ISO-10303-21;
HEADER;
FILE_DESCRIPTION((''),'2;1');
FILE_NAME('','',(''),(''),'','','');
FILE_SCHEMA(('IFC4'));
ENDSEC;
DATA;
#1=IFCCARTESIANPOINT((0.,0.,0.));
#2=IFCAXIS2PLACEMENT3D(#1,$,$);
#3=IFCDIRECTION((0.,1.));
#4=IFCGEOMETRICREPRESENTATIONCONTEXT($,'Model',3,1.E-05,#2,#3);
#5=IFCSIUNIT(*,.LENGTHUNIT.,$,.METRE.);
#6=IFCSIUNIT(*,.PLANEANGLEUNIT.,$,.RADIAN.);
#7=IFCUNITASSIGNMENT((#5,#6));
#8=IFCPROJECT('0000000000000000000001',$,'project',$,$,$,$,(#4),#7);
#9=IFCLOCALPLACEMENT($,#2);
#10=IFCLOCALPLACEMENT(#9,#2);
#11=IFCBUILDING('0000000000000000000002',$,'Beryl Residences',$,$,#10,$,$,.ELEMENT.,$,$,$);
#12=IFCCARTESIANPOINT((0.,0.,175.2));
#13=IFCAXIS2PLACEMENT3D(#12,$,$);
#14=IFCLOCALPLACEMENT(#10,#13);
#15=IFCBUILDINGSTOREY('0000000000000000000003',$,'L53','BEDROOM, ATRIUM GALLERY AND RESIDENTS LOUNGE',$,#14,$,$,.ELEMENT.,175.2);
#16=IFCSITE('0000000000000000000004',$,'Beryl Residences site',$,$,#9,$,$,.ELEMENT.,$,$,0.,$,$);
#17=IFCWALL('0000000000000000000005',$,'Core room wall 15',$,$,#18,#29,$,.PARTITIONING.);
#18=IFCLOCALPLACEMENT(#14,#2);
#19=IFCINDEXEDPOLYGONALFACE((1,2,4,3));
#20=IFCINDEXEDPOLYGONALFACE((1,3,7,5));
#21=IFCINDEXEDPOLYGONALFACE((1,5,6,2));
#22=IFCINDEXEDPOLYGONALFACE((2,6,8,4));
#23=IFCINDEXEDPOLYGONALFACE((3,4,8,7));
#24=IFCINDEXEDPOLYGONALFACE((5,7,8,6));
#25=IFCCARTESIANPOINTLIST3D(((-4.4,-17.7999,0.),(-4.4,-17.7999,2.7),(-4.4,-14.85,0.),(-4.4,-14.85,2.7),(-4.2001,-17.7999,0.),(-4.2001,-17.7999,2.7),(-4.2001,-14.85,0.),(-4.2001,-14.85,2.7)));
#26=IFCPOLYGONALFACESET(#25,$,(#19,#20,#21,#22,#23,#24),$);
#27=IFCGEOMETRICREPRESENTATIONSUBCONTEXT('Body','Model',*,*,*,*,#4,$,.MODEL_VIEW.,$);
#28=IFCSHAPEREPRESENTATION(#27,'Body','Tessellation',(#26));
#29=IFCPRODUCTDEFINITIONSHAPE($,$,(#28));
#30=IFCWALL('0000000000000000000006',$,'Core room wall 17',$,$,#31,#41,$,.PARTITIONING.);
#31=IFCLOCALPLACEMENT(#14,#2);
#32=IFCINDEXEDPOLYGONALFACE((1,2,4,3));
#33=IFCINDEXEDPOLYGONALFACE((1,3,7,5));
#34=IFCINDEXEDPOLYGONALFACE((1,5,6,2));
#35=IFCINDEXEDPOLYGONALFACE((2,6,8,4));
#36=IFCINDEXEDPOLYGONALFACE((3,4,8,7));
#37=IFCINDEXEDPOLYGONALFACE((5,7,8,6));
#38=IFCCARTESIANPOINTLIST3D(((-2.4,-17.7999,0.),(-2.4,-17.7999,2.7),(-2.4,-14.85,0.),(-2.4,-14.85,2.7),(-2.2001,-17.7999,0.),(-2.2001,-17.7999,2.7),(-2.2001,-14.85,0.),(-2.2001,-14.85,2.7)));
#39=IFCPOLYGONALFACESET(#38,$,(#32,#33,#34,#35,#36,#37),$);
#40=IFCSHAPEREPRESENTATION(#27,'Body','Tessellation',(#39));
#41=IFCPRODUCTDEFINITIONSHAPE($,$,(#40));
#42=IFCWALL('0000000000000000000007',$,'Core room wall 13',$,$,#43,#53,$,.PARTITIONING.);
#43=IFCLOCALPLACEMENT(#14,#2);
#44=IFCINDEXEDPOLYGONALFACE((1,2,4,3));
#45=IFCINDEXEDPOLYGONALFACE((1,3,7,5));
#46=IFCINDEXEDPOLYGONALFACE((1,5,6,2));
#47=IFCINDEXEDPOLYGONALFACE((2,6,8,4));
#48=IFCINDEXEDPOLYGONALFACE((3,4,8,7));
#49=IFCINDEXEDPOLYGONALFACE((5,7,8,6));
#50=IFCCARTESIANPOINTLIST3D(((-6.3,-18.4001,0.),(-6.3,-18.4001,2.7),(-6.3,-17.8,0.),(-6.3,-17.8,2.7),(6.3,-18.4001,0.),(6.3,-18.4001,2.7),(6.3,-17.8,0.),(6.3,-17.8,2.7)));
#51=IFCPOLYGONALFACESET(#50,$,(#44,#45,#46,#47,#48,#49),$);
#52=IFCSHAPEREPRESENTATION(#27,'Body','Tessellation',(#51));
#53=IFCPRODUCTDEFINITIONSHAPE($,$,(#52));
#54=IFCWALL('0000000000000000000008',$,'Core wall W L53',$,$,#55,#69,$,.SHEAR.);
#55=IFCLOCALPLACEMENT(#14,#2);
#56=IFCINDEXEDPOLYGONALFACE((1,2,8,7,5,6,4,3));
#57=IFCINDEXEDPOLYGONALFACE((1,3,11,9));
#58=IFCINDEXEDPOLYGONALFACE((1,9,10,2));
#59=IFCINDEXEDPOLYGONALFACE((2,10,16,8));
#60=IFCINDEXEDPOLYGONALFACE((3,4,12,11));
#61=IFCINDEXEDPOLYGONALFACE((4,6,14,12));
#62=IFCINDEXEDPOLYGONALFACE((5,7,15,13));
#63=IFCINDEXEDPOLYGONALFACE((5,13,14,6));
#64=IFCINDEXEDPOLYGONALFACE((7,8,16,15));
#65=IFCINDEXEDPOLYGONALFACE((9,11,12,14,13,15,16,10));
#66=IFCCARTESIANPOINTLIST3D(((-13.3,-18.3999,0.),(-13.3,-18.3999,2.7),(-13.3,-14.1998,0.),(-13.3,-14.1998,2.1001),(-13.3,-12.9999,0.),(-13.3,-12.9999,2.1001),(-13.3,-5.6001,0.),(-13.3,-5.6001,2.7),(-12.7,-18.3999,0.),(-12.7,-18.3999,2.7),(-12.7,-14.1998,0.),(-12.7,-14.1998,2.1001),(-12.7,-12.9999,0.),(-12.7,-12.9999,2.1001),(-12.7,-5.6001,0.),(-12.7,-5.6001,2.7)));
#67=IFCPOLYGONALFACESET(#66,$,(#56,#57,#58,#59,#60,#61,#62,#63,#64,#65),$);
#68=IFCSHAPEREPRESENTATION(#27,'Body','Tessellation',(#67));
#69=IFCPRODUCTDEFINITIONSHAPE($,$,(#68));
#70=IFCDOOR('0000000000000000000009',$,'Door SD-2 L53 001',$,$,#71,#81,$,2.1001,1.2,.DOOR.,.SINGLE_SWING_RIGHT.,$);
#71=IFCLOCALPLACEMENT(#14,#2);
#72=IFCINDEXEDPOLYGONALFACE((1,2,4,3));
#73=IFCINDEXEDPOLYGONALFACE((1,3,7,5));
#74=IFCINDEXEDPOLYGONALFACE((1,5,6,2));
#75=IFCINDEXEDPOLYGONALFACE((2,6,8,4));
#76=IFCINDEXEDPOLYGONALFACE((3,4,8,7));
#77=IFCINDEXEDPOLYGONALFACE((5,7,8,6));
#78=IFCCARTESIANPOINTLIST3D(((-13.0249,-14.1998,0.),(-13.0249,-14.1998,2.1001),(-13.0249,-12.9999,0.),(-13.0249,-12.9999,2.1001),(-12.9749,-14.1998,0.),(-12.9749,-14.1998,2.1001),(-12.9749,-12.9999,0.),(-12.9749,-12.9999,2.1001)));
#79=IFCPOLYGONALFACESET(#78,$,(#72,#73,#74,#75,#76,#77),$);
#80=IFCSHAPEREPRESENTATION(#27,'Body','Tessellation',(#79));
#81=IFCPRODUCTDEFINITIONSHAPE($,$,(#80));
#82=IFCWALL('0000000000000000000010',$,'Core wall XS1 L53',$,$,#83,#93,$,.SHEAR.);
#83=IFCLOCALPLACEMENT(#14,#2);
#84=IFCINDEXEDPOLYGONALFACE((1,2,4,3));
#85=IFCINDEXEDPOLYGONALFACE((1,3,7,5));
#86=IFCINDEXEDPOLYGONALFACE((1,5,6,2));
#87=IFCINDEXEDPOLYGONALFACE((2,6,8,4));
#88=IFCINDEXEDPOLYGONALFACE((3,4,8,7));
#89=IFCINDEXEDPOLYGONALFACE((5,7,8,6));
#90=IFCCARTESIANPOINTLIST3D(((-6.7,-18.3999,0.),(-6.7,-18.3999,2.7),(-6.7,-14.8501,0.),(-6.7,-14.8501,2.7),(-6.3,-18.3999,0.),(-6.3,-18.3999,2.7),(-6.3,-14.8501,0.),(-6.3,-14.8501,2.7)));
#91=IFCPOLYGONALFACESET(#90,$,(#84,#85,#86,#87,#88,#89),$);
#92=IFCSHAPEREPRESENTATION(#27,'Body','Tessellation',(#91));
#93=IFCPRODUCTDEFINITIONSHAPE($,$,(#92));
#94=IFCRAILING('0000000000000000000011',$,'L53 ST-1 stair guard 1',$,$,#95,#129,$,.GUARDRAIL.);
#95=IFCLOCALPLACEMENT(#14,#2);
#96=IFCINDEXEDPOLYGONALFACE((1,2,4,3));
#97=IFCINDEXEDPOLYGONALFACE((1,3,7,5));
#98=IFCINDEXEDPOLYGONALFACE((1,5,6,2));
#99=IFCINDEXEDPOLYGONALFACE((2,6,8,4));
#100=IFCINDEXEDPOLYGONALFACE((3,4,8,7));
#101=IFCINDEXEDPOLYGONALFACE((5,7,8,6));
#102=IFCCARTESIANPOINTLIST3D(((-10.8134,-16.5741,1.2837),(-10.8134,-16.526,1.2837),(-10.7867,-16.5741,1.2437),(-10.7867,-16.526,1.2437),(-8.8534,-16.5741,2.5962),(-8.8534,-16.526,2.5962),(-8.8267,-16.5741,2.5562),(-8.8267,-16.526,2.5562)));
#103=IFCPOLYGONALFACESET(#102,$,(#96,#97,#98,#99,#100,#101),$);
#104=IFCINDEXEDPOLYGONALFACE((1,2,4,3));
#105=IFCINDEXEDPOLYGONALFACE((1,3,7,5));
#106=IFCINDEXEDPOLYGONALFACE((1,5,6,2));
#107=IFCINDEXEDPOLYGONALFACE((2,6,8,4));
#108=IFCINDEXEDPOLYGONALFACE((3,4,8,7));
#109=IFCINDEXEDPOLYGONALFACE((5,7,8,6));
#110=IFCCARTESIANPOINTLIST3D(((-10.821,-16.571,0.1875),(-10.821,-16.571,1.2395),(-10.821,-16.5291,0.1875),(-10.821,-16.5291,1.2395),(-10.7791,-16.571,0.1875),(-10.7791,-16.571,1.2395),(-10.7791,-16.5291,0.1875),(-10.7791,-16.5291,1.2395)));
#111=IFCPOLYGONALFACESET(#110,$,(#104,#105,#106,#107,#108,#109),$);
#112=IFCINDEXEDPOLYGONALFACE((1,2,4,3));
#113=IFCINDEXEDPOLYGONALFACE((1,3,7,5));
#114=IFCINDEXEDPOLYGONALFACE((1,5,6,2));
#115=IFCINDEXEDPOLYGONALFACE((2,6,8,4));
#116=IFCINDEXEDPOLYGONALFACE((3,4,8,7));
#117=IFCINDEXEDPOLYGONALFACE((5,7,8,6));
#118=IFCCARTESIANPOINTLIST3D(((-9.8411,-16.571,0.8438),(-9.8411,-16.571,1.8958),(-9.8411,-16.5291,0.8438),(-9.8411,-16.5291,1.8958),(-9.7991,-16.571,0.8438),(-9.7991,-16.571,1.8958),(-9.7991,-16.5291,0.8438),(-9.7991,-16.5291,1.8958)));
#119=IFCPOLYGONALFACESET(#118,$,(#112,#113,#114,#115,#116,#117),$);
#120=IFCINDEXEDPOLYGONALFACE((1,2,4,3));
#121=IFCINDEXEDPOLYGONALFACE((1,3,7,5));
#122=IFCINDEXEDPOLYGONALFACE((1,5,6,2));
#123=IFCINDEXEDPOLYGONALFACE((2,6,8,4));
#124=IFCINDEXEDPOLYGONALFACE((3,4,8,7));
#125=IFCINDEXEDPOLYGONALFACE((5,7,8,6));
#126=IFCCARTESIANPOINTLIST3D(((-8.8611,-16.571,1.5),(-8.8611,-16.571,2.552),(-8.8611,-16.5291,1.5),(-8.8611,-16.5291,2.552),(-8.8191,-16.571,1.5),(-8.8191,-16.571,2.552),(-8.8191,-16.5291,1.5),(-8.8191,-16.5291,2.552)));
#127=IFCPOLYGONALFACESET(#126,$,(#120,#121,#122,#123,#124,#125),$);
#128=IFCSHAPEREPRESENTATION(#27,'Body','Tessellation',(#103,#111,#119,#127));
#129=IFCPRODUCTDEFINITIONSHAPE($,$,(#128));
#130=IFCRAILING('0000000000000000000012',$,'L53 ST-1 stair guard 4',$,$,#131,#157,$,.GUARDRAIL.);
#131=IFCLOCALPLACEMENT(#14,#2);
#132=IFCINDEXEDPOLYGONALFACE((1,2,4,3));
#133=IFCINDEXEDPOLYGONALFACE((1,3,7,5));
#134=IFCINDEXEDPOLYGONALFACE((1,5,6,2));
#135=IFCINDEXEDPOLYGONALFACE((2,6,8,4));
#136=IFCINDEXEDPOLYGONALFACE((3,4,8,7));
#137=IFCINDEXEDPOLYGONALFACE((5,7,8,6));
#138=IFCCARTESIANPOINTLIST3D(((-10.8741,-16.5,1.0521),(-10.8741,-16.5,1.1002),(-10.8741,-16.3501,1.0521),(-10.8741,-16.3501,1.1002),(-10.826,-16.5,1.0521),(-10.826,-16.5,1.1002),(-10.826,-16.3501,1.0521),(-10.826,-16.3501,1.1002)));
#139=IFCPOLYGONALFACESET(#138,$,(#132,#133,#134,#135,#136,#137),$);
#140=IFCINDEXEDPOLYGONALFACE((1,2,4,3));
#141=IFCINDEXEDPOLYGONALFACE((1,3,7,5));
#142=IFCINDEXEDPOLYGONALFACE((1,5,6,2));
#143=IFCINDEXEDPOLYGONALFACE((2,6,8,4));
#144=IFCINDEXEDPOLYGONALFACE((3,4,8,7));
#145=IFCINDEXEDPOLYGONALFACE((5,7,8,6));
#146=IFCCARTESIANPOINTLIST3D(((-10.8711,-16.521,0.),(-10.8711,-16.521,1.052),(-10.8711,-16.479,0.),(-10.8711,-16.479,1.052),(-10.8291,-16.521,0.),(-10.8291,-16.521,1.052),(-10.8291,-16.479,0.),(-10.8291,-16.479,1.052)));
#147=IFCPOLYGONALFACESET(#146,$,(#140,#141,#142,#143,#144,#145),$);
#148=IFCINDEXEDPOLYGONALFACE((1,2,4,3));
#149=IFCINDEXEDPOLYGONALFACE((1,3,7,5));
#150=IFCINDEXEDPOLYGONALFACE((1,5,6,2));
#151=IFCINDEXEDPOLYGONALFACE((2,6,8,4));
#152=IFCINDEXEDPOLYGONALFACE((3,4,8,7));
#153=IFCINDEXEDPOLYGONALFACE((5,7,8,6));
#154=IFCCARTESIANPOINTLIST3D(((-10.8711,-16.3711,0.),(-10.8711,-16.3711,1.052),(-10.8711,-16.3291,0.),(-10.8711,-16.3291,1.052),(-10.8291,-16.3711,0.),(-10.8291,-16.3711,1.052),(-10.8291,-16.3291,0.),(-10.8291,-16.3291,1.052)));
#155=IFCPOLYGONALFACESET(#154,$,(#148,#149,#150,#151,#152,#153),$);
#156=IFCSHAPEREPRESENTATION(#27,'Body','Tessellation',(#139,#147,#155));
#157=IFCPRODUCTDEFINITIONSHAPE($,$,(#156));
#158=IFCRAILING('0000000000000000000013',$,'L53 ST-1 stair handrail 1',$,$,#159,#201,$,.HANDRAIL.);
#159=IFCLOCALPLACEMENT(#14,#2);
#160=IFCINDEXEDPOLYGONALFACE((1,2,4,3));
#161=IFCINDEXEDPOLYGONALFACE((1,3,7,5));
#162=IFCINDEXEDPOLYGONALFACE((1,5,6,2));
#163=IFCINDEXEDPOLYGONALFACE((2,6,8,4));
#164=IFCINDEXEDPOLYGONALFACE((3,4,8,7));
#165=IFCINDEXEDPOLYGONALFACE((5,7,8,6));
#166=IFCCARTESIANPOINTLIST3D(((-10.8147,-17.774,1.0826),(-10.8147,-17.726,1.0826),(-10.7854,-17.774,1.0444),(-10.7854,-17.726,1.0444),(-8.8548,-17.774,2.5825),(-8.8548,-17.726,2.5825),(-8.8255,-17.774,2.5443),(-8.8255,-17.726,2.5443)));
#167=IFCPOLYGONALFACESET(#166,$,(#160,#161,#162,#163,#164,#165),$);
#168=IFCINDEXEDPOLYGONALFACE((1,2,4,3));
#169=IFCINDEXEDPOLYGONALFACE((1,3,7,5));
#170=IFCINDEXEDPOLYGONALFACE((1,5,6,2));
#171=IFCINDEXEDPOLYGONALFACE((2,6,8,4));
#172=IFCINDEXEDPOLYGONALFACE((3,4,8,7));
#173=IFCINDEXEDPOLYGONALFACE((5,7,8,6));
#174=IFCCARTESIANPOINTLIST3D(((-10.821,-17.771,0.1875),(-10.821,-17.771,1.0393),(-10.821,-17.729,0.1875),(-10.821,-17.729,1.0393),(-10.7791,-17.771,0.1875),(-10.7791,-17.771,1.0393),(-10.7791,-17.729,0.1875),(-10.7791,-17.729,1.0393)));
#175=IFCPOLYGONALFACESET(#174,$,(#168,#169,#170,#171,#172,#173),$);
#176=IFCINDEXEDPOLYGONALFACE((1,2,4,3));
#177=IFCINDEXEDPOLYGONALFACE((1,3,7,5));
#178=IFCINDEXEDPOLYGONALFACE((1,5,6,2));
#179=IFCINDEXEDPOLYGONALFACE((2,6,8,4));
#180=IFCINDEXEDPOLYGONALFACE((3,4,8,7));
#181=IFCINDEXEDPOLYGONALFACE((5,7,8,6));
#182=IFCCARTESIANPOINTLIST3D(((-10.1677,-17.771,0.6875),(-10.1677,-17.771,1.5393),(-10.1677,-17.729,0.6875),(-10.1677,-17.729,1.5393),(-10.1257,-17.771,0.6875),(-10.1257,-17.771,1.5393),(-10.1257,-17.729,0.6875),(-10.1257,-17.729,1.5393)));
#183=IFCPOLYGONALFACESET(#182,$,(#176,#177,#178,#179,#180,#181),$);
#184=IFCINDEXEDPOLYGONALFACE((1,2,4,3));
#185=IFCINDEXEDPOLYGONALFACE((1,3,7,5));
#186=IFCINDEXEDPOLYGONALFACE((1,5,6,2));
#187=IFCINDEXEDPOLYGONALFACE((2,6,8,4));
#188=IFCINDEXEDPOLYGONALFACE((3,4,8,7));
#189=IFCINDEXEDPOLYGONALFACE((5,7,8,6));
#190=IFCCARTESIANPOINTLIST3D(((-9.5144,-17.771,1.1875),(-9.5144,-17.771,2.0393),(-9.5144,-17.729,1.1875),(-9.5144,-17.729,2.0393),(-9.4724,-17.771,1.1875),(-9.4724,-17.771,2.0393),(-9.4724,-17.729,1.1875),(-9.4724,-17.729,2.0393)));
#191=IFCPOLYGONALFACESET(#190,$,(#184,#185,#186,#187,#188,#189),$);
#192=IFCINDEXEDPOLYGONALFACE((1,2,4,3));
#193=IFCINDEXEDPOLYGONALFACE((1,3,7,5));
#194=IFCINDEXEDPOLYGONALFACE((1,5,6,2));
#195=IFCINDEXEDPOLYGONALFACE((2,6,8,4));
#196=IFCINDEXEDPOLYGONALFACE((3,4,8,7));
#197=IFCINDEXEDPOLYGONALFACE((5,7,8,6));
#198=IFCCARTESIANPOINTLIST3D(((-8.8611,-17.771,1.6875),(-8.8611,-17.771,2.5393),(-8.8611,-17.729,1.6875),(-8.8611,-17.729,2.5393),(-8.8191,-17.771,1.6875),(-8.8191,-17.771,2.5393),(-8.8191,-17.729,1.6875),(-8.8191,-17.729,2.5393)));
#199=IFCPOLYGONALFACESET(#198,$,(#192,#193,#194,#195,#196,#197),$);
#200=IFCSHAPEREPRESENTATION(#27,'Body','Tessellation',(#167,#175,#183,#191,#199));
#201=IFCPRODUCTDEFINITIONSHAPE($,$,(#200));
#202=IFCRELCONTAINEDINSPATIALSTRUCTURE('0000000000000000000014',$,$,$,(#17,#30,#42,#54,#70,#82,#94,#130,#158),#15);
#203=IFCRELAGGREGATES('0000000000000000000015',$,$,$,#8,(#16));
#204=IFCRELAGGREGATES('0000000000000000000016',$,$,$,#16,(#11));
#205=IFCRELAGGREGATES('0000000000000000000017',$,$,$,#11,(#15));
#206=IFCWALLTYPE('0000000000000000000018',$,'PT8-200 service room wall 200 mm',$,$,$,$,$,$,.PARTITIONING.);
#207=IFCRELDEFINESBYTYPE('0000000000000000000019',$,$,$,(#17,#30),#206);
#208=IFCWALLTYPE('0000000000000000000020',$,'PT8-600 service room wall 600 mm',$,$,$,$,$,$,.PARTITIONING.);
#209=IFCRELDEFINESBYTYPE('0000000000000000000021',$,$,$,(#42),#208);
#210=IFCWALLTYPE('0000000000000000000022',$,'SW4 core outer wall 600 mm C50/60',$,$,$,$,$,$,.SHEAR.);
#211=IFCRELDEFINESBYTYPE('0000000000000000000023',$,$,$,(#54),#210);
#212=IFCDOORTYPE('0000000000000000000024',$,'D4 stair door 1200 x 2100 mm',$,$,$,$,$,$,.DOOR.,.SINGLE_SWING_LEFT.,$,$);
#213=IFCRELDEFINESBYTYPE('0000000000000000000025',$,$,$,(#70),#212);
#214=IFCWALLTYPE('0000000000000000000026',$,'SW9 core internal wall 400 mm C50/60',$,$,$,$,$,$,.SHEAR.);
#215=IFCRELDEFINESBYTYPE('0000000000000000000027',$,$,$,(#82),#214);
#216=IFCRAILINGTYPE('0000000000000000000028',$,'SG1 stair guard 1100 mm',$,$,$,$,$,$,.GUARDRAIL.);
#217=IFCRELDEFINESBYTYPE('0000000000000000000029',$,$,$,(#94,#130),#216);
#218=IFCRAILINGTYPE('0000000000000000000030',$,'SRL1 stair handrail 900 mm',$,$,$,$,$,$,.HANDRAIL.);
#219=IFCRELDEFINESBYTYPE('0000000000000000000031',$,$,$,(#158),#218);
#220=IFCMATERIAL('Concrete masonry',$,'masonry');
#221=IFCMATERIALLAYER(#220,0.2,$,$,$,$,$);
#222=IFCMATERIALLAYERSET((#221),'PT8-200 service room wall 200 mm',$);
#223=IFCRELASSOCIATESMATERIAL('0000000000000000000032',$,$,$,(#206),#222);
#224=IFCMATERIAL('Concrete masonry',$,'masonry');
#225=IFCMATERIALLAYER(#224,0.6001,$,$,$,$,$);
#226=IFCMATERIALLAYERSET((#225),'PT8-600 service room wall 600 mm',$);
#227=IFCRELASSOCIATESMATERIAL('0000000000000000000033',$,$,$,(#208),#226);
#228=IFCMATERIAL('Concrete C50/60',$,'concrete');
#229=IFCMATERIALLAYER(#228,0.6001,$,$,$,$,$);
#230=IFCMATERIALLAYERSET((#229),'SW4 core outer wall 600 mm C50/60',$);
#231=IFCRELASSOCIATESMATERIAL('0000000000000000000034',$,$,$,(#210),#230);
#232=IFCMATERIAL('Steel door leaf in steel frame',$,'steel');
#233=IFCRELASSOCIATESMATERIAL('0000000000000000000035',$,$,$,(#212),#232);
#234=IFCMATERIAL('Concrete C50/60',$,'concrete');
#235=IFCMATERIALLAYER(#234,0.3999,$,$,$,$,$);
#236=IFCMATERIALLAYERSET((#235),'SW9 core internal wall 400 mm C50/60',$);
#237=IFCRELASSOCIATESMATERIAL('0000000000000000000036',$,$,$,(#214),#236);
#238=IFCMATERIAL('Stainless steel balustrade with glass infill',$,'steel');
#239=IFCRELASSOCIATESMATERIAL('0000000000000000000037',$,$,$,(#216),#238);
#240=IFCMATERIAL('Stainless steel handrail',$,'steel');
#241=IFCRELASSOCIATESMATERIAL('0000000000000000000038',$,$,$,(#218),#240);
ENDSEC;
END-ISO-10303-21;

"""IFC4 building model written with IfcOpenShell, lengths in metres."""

from ifc_helpers import new_model, si_unit, direction, frame, frame_2d, origin, origin_2d, place, context, subcontext, project, spatial, rectangle, extrude, material, layer, layer_set, type_object, element, fill, save


model = new_model("IFC4")

# Units and contexts
model_context = context("Model", 3, precision=1e-05, world=origin(), true_north=direction((0.0, 1.0)))
body_context = subcontext(model_context, "Body", "Model", "MODEL_VIEW")
ifc_project = project(units=[si_unit("LENGTHUNIT", "METRE"), si_unit("PLANEANGLEUNIT", "RADIAN")], contexts=[model_context])

# Site, building, storey
site_placement = place(None, origin())
site = spatial("IfcSite", under=ifc_project, at=site_placement, Name="Beryl Residences site", CompositionType="ELEMENT", RefElevation=0.0)
building_placement = place(site_placement, origin())
building = spatial("IfcBuilding", under=site, at=building_placement, Name="Beryl Residences", CompositionType="ELEMENT")
storey_placement = place(building_placement, frame((0.0, 0.0, 175.2)))
storey = spatial("IfcBuildingStorey", under=building, at=storey_placement, Name="L53", Description="BEDROOM, ATRIUM GALLERY AND RESIDENTS LOUNGE", CompositionType="ELEMENT", Elevation=175.2)

# Walls
ifc_material_1 = material(Name="Concrete masonry", Category="masonry")
ifc_layer_1 = layer(ifc_material_1, 0.2)
ifc_layer_set_1 = layer_set([ifc_layer_1], Name="PT8-200 service room wall 200 mm")
wall_type_1 = type_object("IfcWallType", Name="PT8-200 service room wall 200 mm", PredefinedType="PARTITIONING", material=ifc_layer_set_1)
for number, where, z_axis, x_axis, name in (
    (1, (-4.3, -17.8, 0.0), (0.0, 0.0, 1.0), (0.0, 1.0, 0.0), "Core room wall 15"),
    (2, (-2.3, -17.8, 0.0), (0.0, 0.0, 1.0), (0.0, 1.0, 0.0), "Core room wall 17"),
):
    element("IfcWall", number, at=place(storey_placement, frame(where, z_axis=z_axis, x_axis=x_axis)), inside=storey, type_object=wall_type_1, Name=name, PredefinedType="PARTITIONING", context=body_context, shape_type="SweptSolid", body=[
        extrude(rectangle(XDim=2.95, YDim=0.2, at=frame_2d((1.4751, 0.0))), origin(), (0.0, 0.0, 1.0), 2.7),
    ])
ifc_material_2 = material(Name="Concrete masonry", Category="masonry")
ifc_layer_2 = layer(ifc_material_2, 0.6001)
ifc_layer_set_2 = layer_set([ifc_layer_2], Name="PT8-600 service room wall 600 mm")
wall_type_2 = type_object("IfcWallType", Name="PT8-600 service room wall 600 mm", PredefinedType="PARTITIONING", material=ifc_layer_set_2)
wall_1_placement = place(storey_placement, frame((-6.3, -18.1001, 0.0), z_axis=(0.0, 0.0, 1.0), x_axis=(1.0, 0.0, 0.0)))
element("IfcWall", 3, at=wall_1_placement, inside=storey, type_object=wall_type_2, Name="Core room wall 13", PredefinedType="PARTITIONING", context=body_context, shape_type="SweptSolid", body=[
    extrude(rectangle(XDim=12.6001, YDim=0.6001, at=frame_2d((6.3, 0.0))), origin(), (0.0, 0.0, 1.0), 2.7),
])

# Wall, opening, door
ifc_material_3 = material(Name="Concrete C50/60", Category="concrete")
ifc_layer_3 = layer(ifc_material_3, 0.6001)
ifc_layer_set_3 = layer_set([ifc_layer_3], Name="SW4 core outer wall 600 mm C50/60")
wall_type_3 = type_object("IfcWallType", Name="SW4 core outer wall 600 mm C50/60", PredefinedType="SHEAR", material=ifc_layer_set_3)
wall_2_placement = place(storey_placement, frame((-13.0, -18.3999, 0.0), z_axis=(0.0, 0.0, 1.0), x_axis=(0.0, 1.0, 0.0)))
wall_2 = element("IfcWall", 4, at=wall_2_placement, inside=storey, type_object=wall_type_3, Name="Core wall W L53", PredefinedType="SHEAR", context=body_context, shape_type="SweptSolid", body=[
    extrude(rectangle(XDim=12.7998, YDim=0.6001, at=frame_2d((6.3999, 0.0))), origin(), (0.0, 0.0, 1.0), 2.7),
])
opening_1_placement = place(wall_2_placement, frame((4.2, 0.0, 0.0)))
opening_1 = element("IfcOpeningElement", 5, at=opening_1_placement, cuts=wall_2, PredefinedType="OPENING", context=body_context, shape_type="SweptSolid", body=[
    extrude(rectangle(XDim=1.2, YDim=2.1001, at=frame_2d((0.6001, 1.05))), frame((0.0, 0.3101, 0.0), z_axis=(0.0, -1.0, 0.0), x_axis=(1.0, 0.0, 0.0)), (0.0, 0.0, 1.0), 0.6201),
])
ifc_material_4 = material(Name="Steel door leaf in steel frame", Category="steel")
door_type = type_object("IfcDoorType", Name="D4 stair door 1200 x 2100 mm", OperationType="SINGLE_SWING_LEFT", PredefinedType="DOOR", material=ifc_material_4)
door_placement = place(opening_1_placement, origin())
door = element("IfcDoor", 6, at=door_placement, inside=storey, type_object=door_type, Name="Door SD-2 L53 001", OperationType="SINGLE_SWING_RIGHT", OverallHeight=2.1001, OverallWidth=1.2, PredefinedType="DOOR", context=body_context, shape_type="SweptSolid", body=[
    extrude(rectangle(XDim=1.2, YDim=2.1001, at=frame_2d((0.6001, 1.05))), frame((0.0, 0.0249, 0.0), z_axis=(0.0, -1.0, 0.0), x_axis=(1.0, 0.0, 0.0)), (0.0, 0.0, 1.0), 0.05),
])
fill(opening_1, door)

# Wall
ifc_material_5 = material(Name="Concrete C50/60", Category="concrete")
ifc_layer_4 = layer(ifc_material_5, 0.3999)
ifc_layer_set_4 = layer_set([ifc_layer_4], Name="SW9 core internal wall 400 mm C50/60")
wall_type_4 = type_object("IfcWallType", Name="SW9 core internal wall 400 mm C50/60", PredefinedType="SHEAR", material=ifc_layer_set_4)
wall_3_placement = place(storey_placement, frame((-6.5, -18.3999, 0.0), z_axis=(0.0, 0.0, 1.0), x_axis=(0.0, 1.0, 0.0)))
element("IfcWall", 7, at=wall_3_placement, inside=storey, type_object=wall_type_4, Name="Core wall XS1 L53", PredefinedType="SHEAR", context=body_context, shape_type="SweptSolid", body=[
    extrude(rectangle(XDim=3.5498, YDim=0.3999, at=frame_2d((1.7749, 0.0))), origin(), (0.0, 0.0, 1.0), 2.7),
])

# Railings
ifc_material_6 = material(Name="Stainless steel balustrade with glass infill", Category="steel")
railing_type_1 = type_object("IfcRailingType", Name="SG1 stair guard 1100 mm", PredefinedType="GUARDRAIL", material=ifc_material_6)
railing_1_placement = place(storey_placement, frame((-10.8, -16.55, 0.1875)))
element("IfcRailing", 8, at=railing_1_placement, inside=storey, type_object=railing_type_1, Name="L53 ST-1 stair guard 1", PredefinedType="GUARDRAIL", context=body_context, shape_type="SweptSolid", body=[
    extrude(rectangle(XDim=0.0481, YDim=0.0481, at=origin_2d()), frame((0.0, 0.0, 1.0762), z_axis=(0.830902, 0.0, 0.556419), x_axis=(0.0, 1.0, 0.0)), (0.0, 0.0, 1.0), 2.3589),
    extrude(rectangle(XDim=0.042, YDim=0.042, at=origin_2d()), origin(), (0.0, 0.0, 1.0), 1.052),
    extrude(rectangle(XDim=0.042, YDim=0.042, at=origin_2d()), frame((0.98, 0.0, 0.6562)), (0.0, 0.0, 1.0), 1.052),
    extrude(rectangle(XDim=0.042, YDim=0.042, at=origin_2d()), frame((1.96, 0.0, 1.3125)), (0.0, 0.0, 1.0), 1.052),
])
railing_2_placement = place(storey_placement, frame((-10.8501, -16.5, 0.0)))
element("IfcRailing", 9, at=railing_2_placement, inside=storey, type_object=railing_type_1, Name="L53 ST-1 stair guard 4", PredefinedType="GUARDRAIL", context=body_context, shape_type="SweptSolid", body=[
    extrude(rectangle(XDim=0.0481, YDim=0.0481, at=origin_2d()), frame((0.0, 0.0, 1.0762), z_axis=(0.0, 1.0, 0.0), x_axis=(-1.0, 0.0, 0.0)), (0.0, 0.0, 1.0), 0.1499),
    extrude(rectangle(XDim=0.042, YDim=0.042, at=origin_2d()), origin(), (0.0, 0.0, 1.0), 1.052),
    extrude(rectangle(XDim=0.042, YDim=0.042, at=origin_2d()), frame((0.0, 0.1499, 0.0)), (0.0, 0.0, 1.0), 1.052),
])
ifc_material_7 = material(Name="Stainless steel handrail", Category="steel")
railing_type_2 = type_object("IfcRailingType", Name="SRL1 stair handrail 900 mm", PredefinedType="HANDRAIL", material=ifc_material_7)
railing_3_placement = place(storey_placement, frame((-10.8, -17.75, 0.1875)))
element("IfcRailing", 10, at=railing_3_placement, inside=storey, type_object=railing_type_2, Name="L53 ST-1 stair handrail 1", PredefinedType="HANDRAIL", context=body_context, shape_type="SweptSolid", body=[
    extrude(rectangle(XDim=0.0481, YDim=0.0481, at=origin_2d()), frame((0.0, 0.0, 0.876), z_axis=(0.794122, 0.0, 0.607758), x_axis=(0.0, 1.0, 0.0)), (0.0, 0.0, 1.0), 2.468),
    extrude(rectangle(XDim=0.042, YDim=0.042, at=origin_2d()), origin(), (0.0, 0.0, 1.0), 0.8518),
    extrude(rectangle(XDim=0.042, YDim=0.042, at=origin_2d()), frame((0.6533, 0.0, 0.5)), (0.0, 0.0, 1.0), 0.8518),
    extrude(rectangle(XDim=0.042, YDim=0.042, at=origin_2d()), frame((1.3066, 0.0, 1.0)), (0.0, 0.0, 1.0), 0.8518),
    extrude(rectangle(XDim=0.042, YDim=0.042, at=origin_2d()), frame((1.96, 0.0, 1.5)), (0.0, 0.0, 1.0), 0.8518),
])

save(model, "model.ifc")
